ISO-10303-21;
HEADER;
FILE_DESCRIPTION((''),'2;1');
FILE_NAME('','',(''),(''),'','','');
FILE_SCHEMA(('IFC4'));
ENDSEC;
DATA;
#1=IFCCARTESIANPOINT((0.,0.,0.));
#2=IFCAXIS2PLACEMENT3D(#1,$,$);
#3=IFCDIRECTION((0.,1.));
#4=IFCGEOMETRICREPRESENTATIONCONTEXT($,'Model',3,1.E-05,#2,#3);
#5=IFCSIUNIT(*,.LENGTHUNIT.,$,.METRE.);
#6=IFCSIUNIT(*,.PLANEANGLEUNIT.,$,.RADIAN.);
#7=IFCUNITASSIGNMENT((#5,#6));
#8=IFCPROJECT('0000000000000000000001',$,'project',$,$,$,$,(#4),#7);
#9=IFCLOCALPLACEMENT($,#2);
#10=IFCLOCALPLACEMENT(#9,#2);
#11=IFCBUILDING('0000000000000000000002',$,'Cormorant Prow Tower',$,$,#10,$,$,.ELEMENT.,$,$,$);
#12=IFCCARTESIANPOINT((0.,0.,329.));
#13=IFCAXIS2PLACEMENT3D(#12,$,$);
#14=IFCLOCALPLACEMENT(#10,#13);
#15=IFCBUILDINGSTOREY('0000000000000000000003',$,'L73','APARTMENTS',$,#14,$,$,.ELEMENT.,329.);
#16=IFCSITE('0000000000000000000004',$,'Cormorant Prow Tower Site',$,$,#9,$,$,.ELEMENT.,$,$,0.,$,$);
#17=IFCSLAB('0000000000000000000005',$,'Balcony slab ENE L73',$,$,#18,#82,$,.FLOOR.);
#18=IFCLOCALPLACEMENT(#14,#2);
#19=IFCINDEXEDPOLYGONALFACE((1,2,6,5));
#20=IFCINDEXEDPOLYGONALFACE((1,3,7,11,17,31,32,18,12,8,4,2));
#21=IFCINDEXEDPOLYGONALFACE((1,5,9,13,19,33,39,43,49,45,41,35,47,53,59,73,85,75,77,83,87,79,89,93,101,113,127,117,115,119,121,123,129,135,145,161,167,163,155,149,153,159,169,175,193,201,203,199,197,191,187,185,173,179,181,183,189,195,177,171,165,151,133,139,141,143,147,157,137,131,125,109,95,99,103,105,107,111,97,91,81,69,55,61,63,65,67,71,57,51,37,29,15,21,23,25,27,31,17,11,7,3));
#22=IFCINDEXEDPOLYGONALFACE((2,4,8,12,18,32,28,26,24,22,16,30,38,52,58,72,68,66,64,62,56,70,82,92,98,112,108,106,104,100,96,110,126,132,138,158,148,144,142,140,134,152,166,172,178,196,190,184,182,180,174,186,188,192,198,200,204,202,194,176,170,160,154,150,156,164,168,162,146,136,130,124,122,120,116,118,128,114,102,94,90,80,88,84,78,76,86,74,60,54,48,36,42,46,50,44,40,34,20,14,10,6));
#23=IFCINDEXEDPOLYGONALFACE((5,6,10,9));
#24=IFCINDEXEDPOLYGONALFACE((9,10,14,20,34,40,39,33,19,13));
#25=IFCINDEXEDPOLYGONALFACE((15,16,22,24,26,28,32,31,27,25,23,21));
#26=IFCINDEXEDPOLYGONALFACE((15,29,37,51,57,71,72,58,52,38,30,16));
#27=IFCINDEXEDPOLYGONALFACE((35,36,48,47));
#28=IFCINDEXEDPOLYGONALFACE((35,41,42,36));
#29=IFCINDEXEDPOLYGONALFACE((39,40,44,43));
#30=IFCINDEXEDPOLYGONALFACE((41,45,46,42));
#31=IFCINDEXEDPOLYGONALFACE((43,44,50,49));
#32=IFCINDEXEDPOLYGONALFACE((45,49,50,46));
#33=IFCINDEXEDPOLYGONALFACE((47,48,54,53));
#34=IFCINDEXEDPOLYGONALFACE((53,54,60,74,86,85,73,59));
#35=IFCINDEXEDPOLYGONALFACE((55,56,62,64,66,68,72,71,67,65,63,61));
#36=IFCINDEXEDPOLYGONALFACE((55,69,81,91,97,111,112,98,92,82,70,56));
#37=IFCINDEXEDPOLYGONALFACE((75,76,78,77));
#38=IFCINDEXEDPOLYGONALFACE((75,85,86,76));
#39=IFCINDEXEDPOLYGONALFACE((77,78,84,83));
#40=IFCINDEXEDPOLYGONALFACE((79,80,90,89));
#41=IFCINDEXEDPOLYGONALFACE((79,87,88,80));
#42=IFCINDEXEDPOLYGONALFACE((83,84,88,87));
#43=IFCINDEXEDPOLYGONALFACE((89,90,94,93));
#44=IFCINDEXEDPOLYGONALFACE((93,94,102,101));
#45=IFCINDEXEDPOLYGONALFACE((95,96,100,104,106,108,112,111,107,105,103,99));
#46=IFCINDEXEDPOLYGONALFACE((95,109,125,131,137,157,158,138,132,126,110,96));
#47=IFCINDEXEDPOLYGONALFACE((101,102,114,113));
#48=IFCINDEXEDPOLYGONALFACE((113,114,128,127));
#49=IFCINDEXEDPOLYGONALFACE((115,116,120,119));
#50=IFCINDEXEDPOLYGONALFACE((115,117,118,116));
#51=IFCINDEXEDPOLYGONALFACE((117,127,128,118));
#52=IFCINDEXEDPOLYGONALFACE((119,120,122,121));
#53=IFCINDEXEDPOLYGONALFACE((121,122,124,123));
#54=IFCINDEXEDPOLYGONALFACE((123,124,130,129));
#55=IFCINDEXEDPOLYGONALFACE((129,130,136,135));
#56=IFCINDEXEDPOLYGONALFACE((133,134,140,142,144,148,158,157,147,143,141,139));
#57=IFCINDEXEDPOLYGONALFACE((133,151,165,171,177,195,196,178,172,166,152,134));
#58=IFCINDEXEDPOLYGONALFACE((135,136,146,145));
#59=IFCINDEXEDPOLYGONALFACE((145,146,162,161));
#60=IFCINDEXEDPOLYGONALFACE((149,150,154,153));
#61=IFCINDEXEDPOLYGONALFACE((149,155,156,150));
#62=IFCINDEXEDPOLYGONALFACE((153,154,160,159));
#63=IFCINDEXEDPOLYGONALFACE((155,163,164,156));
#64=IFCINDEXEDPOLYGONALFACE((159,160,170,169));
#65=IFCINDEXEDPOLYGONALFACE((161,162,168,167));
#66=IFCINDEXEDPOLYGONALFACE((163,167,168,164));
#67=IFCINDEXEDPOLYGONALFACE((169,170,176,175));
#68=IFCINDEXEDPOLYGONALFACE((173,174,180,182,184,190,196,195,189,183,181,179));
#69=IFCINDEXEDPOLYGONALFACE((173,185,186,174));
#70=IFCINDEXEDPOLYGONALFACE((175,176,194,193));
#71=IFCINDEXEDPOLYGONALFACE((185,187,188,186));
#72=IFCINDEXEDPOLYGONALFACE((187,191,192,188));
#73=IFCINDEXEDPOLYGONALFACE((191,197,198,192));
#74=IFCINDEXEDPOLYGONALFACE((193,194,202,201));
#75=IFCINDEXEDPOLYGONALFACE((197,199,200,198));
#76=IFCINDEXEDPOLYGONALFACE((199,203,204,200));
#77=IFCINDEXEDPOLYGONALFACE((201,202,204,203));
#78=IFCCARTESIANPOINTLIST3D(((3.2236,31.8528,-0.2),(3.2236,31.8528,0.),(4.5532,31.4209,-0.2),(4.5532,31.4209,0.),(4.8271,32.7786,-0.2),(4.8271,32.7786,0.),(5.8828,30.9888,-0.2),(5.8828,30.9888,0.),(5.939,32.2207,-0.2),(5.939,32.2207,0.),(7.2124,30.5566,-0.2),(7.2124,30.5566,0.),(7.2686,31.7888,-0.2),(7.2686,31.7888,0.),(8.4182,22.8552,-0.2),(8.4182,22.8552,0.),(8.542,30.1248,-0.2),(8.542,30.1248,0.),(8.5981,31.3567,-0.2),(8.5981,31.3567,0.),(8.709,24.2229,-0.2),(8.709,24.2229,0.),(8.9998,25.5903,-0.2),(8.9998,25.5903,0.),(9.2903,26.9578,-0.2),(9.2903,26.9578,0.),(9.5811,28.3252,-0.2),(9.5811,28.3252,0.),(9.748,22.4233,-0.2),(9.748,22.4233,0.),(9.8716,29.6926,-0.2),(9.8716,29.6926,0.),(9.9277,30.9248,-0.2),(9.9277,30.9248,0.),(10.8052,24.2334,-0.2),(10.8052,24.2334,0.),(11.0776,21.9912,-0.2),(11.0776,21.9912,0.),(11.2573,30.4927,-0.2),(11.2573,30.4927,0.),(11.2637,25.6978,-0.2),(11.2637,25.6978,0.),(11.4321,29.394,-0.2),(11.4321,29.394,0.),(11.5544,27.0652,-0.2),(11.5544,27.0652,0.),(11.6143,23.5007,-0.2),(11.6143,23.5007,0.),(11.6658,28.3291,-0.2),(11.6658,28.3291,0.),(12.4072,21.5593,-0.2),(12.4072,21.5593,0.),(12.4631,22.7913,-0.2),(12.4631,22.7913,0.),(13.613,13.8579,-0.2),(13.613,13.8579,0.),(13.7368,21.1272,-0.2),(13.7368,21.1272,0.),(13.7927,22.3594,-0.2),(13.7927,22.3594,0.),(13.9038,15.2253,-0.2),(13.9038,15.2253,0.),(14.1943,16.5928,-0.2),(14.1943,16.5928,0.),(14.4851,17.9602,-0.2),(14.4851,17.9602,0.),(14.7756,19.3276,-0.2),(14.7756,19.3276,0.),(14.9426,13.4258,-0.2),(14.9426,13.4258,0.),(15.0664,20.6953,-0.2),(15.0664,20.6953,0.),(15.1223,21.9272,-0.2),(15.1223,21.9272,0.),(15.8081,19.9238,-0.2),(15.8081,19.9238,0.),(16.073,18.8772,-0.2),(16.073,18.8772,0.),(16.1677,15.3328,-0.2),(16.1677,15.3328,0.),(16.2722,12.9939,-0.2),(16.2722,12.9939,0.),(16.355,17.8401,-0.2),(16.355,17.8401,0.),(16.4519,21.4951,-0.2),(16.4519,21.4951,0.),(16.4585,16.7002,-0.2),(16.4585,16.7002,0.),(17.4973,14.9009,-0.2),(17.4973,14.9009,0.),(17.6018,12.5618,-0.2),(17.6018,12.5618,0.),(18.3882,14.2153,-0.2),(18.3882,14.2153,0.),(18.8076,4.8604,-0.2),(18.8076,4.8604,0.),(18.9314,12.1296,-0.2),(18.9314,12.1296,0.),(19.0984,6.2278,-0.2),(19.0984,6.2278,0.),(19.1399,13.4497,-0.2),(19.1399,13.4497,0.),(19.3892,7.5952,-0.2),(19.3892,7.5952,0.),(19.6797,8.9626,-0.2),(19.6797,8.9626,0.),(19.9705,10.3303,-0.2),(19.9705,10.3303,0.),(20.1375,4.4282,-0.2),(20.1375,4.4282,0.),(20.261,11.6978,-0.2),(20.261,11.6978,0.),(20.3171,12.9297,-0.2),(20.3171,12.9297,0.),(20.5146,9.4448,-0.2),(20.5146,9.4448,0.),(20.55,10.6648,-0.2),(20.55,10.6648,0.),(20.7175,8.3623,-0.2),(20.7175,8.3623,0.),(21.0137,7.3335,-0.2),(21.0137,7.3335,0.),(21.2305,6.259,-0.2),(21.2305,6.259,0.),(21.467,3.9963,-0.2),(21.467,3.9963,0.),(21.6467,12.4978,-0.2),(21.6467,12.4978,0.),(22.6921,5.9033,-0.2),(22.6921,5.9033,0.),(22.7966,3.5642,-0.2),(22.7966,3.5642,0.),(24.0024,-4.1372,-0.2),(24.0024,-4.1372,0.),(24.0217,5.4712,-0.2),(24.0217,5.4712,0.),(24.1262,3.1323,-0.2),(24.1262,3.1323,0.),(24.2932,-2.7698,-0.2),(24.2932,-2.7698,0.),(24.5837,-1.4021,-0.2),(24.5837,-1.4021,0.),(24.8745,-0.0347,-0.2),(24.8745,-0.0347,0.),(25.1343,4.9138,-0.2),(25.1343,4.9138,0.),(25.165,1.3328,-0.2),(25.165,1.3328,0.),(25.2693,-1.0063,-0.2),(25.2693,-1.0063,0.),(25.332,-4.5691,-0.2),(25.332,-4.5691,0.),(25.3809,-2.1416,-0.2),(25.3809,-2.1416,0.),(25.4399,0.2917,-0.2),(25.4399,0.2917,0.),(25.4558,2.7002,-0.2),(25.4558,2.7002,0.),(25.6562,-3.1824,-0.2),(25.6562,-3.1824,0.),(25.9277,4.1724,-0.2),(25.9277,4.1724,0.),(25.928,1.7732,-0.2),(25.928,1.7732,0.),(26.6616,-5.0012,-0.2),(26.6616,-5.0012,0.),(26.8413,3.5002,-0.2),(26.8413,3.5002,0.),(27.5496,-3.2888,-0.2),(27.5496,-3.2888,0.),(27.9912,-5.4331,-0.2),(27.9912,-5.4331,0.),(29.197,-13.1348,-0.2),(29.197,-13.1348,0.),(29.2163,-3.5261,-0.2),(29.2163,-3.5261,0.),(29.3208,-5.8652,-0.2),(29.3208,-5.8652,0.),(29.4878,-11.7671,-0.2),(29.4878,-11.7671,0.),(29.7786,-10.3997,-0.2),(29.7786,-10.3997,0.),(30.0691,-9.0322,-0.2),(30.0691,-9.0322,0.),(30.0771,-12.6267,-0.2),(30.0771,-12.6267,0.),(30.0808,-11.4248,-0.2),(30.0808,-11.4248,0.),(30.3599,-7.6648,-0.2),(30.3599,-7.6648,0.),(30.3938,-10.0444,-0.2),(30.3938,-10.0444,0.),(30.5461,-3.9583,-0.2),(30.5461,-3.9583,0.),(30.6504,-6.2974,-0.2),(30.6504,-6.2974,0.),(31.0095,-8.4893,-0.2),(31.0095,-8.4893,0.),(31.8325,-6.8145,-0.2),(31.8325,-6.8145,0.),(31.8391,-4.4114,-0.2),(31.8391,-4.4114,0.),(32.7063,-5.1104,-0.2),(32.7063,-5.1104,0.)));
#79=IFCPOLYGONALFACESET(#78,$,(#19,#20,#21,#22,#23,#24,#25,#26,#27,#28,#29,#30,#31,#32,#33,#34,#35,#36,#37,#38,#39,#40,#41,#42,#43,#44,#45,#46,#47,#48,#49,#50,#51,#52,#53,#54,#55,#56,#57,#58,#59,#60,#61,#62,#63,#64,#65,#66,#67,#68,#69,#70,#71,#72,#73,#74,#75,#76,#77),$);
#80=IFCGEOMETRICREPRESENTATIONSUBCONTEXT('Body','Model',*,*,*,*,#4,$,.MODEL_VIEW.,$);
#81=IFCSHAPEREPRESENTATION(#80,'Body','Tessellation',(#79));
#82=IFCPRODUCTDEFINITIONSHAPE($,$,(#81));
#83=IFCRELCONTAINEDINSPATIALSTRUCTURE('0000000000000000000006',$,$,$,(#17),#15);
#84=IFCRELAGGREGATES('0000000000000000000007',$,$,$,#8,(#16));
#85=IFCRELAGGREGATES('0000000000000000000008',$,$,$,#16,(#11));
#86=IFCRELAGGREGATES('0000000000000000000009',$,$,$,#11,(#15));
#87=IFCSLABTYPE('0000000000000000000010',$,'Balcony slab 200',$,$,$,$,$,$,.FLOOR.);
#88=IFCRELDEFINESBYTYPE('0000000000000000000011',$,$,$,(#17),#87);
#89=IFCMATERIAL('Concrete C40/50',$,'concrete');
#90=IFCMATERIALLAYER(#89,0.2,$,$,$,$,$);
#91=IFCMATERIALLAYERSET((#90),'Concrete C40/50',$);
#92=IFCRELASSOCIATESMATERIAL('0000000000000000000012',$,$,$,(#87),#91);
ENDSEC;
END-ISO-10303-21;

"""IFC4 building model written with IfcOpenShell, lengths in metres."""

from ifc_helpers import new_model, si_unit, direction, frame, origin, place, context, subcontext, project, spatial, polyline, outline, extrude, material, layer, layer_set, type_object, element, save


model = new_model("IFC4")

# Units and contexts
model_context = context("Model", 3, precision=1e-05, world=origin(), true_north=direction((0.0, 1.0)))
body_context = subcontext(model_context, "Body", "Model", "MODEL_VIEW")
ifc_project = project(units=[si_unit("LENGTHUNIT", "METRE"), si_unit("PLANEANGLEUNIT", "RADIAN")], contexts=[model_context])

# Site, building, storey
site_placement = place(None, origin())
site = spatial("IfcSite", under=ifc_project, at=site_placement, Name="Cormorant Prow Tower Site", CompositionType="ELEMENT", RefElevation=0.0)
building_placement = place(site_placement, origin())
building = spatial("IfcBuilding", under=site, at=building_placement, Name="Cormorant Prow Tower", CompositionType="ELEMENT")
storey_placement = place(building_placement, frame((0.0, 0.0, 329.0)))
storey = spatial("IfcBuildingStorey", under=building, at=storey_placement, Name="L73", Description="APARTMENTS", CompositionType="ELEMENT", Elevation=329.0)

# Slab
ifc_material_1 = material(Name="Concrete C40/50", Category="concrete")
ifc_layer_1 = layer(ifc_material_1, 0.2)
ifc_layer_set_1 = layer_set([ifc_layer_1], Name="Concrete C40/50")
slab_type_1 = type_object("IfcSlabType", Name="Balcony slab 200", PredefinedType="FLOOR", material=ifc_layer_set_1)
slab_1_placement = place(storey_placement, frame((0.0, 0.0, -0.2)))
element("IfcSlab", 1, at=slab_1_placement, inside=storey, type_object=slab_type_1, Name="Balcony slab ENE L73", PredefinedType="FLOOR", context=body_context, shape_type="SweptSolid", body=[
    extrude(outline(polyline([(29.197, -13.1348), (30.0771, -12.6267), (30.0808, -11.4248), (30.3938, -10.0444), (31.0095, -8.4893), (31.8325, -6.8145), (32.7063, -5.1104), (31.8391, -4.4114), (30.5461, -3.9583), (29.2163, -3.5261), (27.5496, -3.2888), (25.6562, -3.1824), (25.3809, -2.1416), (25.2693, -1.0063), (25.4399, 0.2917), (25.928, 1.7732), (26.8413, 3.5002), (25.9277, 4.1724), (25.1343, 4.9138), (24.0217, 5.4712), (22.6921, 5.9033), (21.2305, 6.259), (21.0137, 7.3335), (20.7175, 8.3623), (20.5146, 9.4448), (20.55, 10.6648), (21.6467, 12.4978), (20.3171, 12.9297), (19.1399, 13.4497), (18.3882, 14.2153), (17.4973, 14.9009), (16.1677, 15.3328), (16.4585, 16.7002), (16.355, 17.8401), (16.073, 18.8772), (15.8081, 19.9238), (16.4519, 21.4951), (15.1223, 21.9272), (13.7927, 22.3594), (12.4631, 22.7913), (11.6143, 23.5007), (10.8052, 24.2334), (11.2637, 25.6978), (11.5544, 27.0652), (11.6658, 28.3291), (11.4321, 29.394), (11.2573, 30.4927), (9.9277, 30.9248), (8.5981, 31.3567), (7.2686, 31.7888), (5.939, 32.2207), (4.8271, 32.7786), (3.2236, 31.8528), (4.5532, 31.4209), (5.8828, 30.9888), (7.2124, 30.5566), (8.542, 30.1248), (9.8716, 29.6926), (9.5811, 28.3252), (9.2903, 26.9578), (8.9998, 25.5903), (8.709, 24.2229), (8.4182, 22.8552), (9.748, 22.4233), (11.0776, 21.9912), (12.4072, 21.5593), (13.7368, 21.1272), (15.0664, 20.6953), (14.7756, 19.3276), (14.4851, 17.9602), (14.1943, 16.5928), (13.9038, 15.2253), (13.613, 13.8579), (14.9426, 13.4258), (16.2722, 12.9939), (17.6018, 12.5618), (18.9314, 12.1296), (20.261, 11.6978), (19.9705, 10.3303), (19.6797, 8.9626), (19.3892, 7.5952), (19.0984, 6.2278), (18.8076, 4.8604), (20.1375, 4.4282), (21.467, 3.9963), (22.7966, 3.5642), (24.1262, 3.1323), (25.4558, 2.7002), (25.165, 1.3328), (24.8745, -0.0347), (24.5837, -1.4021), (24.2932, -2.7698), (24.0024, -4.1372), (25.332, -4.5691), (26.6616, -5.0012), (27.9912, -5.4331), (29.3208, -5.8652), (30.6504, -6.2974), (30.3599, -7.6648), (30.0691, -9.0322), (29.7786, -10.3997), (29.4878, -11.7671), (29.197, -13.1348)])), origin(), (0.0, 0.0, 1.0), 0.2),
])

save(model, "model.ifc")
